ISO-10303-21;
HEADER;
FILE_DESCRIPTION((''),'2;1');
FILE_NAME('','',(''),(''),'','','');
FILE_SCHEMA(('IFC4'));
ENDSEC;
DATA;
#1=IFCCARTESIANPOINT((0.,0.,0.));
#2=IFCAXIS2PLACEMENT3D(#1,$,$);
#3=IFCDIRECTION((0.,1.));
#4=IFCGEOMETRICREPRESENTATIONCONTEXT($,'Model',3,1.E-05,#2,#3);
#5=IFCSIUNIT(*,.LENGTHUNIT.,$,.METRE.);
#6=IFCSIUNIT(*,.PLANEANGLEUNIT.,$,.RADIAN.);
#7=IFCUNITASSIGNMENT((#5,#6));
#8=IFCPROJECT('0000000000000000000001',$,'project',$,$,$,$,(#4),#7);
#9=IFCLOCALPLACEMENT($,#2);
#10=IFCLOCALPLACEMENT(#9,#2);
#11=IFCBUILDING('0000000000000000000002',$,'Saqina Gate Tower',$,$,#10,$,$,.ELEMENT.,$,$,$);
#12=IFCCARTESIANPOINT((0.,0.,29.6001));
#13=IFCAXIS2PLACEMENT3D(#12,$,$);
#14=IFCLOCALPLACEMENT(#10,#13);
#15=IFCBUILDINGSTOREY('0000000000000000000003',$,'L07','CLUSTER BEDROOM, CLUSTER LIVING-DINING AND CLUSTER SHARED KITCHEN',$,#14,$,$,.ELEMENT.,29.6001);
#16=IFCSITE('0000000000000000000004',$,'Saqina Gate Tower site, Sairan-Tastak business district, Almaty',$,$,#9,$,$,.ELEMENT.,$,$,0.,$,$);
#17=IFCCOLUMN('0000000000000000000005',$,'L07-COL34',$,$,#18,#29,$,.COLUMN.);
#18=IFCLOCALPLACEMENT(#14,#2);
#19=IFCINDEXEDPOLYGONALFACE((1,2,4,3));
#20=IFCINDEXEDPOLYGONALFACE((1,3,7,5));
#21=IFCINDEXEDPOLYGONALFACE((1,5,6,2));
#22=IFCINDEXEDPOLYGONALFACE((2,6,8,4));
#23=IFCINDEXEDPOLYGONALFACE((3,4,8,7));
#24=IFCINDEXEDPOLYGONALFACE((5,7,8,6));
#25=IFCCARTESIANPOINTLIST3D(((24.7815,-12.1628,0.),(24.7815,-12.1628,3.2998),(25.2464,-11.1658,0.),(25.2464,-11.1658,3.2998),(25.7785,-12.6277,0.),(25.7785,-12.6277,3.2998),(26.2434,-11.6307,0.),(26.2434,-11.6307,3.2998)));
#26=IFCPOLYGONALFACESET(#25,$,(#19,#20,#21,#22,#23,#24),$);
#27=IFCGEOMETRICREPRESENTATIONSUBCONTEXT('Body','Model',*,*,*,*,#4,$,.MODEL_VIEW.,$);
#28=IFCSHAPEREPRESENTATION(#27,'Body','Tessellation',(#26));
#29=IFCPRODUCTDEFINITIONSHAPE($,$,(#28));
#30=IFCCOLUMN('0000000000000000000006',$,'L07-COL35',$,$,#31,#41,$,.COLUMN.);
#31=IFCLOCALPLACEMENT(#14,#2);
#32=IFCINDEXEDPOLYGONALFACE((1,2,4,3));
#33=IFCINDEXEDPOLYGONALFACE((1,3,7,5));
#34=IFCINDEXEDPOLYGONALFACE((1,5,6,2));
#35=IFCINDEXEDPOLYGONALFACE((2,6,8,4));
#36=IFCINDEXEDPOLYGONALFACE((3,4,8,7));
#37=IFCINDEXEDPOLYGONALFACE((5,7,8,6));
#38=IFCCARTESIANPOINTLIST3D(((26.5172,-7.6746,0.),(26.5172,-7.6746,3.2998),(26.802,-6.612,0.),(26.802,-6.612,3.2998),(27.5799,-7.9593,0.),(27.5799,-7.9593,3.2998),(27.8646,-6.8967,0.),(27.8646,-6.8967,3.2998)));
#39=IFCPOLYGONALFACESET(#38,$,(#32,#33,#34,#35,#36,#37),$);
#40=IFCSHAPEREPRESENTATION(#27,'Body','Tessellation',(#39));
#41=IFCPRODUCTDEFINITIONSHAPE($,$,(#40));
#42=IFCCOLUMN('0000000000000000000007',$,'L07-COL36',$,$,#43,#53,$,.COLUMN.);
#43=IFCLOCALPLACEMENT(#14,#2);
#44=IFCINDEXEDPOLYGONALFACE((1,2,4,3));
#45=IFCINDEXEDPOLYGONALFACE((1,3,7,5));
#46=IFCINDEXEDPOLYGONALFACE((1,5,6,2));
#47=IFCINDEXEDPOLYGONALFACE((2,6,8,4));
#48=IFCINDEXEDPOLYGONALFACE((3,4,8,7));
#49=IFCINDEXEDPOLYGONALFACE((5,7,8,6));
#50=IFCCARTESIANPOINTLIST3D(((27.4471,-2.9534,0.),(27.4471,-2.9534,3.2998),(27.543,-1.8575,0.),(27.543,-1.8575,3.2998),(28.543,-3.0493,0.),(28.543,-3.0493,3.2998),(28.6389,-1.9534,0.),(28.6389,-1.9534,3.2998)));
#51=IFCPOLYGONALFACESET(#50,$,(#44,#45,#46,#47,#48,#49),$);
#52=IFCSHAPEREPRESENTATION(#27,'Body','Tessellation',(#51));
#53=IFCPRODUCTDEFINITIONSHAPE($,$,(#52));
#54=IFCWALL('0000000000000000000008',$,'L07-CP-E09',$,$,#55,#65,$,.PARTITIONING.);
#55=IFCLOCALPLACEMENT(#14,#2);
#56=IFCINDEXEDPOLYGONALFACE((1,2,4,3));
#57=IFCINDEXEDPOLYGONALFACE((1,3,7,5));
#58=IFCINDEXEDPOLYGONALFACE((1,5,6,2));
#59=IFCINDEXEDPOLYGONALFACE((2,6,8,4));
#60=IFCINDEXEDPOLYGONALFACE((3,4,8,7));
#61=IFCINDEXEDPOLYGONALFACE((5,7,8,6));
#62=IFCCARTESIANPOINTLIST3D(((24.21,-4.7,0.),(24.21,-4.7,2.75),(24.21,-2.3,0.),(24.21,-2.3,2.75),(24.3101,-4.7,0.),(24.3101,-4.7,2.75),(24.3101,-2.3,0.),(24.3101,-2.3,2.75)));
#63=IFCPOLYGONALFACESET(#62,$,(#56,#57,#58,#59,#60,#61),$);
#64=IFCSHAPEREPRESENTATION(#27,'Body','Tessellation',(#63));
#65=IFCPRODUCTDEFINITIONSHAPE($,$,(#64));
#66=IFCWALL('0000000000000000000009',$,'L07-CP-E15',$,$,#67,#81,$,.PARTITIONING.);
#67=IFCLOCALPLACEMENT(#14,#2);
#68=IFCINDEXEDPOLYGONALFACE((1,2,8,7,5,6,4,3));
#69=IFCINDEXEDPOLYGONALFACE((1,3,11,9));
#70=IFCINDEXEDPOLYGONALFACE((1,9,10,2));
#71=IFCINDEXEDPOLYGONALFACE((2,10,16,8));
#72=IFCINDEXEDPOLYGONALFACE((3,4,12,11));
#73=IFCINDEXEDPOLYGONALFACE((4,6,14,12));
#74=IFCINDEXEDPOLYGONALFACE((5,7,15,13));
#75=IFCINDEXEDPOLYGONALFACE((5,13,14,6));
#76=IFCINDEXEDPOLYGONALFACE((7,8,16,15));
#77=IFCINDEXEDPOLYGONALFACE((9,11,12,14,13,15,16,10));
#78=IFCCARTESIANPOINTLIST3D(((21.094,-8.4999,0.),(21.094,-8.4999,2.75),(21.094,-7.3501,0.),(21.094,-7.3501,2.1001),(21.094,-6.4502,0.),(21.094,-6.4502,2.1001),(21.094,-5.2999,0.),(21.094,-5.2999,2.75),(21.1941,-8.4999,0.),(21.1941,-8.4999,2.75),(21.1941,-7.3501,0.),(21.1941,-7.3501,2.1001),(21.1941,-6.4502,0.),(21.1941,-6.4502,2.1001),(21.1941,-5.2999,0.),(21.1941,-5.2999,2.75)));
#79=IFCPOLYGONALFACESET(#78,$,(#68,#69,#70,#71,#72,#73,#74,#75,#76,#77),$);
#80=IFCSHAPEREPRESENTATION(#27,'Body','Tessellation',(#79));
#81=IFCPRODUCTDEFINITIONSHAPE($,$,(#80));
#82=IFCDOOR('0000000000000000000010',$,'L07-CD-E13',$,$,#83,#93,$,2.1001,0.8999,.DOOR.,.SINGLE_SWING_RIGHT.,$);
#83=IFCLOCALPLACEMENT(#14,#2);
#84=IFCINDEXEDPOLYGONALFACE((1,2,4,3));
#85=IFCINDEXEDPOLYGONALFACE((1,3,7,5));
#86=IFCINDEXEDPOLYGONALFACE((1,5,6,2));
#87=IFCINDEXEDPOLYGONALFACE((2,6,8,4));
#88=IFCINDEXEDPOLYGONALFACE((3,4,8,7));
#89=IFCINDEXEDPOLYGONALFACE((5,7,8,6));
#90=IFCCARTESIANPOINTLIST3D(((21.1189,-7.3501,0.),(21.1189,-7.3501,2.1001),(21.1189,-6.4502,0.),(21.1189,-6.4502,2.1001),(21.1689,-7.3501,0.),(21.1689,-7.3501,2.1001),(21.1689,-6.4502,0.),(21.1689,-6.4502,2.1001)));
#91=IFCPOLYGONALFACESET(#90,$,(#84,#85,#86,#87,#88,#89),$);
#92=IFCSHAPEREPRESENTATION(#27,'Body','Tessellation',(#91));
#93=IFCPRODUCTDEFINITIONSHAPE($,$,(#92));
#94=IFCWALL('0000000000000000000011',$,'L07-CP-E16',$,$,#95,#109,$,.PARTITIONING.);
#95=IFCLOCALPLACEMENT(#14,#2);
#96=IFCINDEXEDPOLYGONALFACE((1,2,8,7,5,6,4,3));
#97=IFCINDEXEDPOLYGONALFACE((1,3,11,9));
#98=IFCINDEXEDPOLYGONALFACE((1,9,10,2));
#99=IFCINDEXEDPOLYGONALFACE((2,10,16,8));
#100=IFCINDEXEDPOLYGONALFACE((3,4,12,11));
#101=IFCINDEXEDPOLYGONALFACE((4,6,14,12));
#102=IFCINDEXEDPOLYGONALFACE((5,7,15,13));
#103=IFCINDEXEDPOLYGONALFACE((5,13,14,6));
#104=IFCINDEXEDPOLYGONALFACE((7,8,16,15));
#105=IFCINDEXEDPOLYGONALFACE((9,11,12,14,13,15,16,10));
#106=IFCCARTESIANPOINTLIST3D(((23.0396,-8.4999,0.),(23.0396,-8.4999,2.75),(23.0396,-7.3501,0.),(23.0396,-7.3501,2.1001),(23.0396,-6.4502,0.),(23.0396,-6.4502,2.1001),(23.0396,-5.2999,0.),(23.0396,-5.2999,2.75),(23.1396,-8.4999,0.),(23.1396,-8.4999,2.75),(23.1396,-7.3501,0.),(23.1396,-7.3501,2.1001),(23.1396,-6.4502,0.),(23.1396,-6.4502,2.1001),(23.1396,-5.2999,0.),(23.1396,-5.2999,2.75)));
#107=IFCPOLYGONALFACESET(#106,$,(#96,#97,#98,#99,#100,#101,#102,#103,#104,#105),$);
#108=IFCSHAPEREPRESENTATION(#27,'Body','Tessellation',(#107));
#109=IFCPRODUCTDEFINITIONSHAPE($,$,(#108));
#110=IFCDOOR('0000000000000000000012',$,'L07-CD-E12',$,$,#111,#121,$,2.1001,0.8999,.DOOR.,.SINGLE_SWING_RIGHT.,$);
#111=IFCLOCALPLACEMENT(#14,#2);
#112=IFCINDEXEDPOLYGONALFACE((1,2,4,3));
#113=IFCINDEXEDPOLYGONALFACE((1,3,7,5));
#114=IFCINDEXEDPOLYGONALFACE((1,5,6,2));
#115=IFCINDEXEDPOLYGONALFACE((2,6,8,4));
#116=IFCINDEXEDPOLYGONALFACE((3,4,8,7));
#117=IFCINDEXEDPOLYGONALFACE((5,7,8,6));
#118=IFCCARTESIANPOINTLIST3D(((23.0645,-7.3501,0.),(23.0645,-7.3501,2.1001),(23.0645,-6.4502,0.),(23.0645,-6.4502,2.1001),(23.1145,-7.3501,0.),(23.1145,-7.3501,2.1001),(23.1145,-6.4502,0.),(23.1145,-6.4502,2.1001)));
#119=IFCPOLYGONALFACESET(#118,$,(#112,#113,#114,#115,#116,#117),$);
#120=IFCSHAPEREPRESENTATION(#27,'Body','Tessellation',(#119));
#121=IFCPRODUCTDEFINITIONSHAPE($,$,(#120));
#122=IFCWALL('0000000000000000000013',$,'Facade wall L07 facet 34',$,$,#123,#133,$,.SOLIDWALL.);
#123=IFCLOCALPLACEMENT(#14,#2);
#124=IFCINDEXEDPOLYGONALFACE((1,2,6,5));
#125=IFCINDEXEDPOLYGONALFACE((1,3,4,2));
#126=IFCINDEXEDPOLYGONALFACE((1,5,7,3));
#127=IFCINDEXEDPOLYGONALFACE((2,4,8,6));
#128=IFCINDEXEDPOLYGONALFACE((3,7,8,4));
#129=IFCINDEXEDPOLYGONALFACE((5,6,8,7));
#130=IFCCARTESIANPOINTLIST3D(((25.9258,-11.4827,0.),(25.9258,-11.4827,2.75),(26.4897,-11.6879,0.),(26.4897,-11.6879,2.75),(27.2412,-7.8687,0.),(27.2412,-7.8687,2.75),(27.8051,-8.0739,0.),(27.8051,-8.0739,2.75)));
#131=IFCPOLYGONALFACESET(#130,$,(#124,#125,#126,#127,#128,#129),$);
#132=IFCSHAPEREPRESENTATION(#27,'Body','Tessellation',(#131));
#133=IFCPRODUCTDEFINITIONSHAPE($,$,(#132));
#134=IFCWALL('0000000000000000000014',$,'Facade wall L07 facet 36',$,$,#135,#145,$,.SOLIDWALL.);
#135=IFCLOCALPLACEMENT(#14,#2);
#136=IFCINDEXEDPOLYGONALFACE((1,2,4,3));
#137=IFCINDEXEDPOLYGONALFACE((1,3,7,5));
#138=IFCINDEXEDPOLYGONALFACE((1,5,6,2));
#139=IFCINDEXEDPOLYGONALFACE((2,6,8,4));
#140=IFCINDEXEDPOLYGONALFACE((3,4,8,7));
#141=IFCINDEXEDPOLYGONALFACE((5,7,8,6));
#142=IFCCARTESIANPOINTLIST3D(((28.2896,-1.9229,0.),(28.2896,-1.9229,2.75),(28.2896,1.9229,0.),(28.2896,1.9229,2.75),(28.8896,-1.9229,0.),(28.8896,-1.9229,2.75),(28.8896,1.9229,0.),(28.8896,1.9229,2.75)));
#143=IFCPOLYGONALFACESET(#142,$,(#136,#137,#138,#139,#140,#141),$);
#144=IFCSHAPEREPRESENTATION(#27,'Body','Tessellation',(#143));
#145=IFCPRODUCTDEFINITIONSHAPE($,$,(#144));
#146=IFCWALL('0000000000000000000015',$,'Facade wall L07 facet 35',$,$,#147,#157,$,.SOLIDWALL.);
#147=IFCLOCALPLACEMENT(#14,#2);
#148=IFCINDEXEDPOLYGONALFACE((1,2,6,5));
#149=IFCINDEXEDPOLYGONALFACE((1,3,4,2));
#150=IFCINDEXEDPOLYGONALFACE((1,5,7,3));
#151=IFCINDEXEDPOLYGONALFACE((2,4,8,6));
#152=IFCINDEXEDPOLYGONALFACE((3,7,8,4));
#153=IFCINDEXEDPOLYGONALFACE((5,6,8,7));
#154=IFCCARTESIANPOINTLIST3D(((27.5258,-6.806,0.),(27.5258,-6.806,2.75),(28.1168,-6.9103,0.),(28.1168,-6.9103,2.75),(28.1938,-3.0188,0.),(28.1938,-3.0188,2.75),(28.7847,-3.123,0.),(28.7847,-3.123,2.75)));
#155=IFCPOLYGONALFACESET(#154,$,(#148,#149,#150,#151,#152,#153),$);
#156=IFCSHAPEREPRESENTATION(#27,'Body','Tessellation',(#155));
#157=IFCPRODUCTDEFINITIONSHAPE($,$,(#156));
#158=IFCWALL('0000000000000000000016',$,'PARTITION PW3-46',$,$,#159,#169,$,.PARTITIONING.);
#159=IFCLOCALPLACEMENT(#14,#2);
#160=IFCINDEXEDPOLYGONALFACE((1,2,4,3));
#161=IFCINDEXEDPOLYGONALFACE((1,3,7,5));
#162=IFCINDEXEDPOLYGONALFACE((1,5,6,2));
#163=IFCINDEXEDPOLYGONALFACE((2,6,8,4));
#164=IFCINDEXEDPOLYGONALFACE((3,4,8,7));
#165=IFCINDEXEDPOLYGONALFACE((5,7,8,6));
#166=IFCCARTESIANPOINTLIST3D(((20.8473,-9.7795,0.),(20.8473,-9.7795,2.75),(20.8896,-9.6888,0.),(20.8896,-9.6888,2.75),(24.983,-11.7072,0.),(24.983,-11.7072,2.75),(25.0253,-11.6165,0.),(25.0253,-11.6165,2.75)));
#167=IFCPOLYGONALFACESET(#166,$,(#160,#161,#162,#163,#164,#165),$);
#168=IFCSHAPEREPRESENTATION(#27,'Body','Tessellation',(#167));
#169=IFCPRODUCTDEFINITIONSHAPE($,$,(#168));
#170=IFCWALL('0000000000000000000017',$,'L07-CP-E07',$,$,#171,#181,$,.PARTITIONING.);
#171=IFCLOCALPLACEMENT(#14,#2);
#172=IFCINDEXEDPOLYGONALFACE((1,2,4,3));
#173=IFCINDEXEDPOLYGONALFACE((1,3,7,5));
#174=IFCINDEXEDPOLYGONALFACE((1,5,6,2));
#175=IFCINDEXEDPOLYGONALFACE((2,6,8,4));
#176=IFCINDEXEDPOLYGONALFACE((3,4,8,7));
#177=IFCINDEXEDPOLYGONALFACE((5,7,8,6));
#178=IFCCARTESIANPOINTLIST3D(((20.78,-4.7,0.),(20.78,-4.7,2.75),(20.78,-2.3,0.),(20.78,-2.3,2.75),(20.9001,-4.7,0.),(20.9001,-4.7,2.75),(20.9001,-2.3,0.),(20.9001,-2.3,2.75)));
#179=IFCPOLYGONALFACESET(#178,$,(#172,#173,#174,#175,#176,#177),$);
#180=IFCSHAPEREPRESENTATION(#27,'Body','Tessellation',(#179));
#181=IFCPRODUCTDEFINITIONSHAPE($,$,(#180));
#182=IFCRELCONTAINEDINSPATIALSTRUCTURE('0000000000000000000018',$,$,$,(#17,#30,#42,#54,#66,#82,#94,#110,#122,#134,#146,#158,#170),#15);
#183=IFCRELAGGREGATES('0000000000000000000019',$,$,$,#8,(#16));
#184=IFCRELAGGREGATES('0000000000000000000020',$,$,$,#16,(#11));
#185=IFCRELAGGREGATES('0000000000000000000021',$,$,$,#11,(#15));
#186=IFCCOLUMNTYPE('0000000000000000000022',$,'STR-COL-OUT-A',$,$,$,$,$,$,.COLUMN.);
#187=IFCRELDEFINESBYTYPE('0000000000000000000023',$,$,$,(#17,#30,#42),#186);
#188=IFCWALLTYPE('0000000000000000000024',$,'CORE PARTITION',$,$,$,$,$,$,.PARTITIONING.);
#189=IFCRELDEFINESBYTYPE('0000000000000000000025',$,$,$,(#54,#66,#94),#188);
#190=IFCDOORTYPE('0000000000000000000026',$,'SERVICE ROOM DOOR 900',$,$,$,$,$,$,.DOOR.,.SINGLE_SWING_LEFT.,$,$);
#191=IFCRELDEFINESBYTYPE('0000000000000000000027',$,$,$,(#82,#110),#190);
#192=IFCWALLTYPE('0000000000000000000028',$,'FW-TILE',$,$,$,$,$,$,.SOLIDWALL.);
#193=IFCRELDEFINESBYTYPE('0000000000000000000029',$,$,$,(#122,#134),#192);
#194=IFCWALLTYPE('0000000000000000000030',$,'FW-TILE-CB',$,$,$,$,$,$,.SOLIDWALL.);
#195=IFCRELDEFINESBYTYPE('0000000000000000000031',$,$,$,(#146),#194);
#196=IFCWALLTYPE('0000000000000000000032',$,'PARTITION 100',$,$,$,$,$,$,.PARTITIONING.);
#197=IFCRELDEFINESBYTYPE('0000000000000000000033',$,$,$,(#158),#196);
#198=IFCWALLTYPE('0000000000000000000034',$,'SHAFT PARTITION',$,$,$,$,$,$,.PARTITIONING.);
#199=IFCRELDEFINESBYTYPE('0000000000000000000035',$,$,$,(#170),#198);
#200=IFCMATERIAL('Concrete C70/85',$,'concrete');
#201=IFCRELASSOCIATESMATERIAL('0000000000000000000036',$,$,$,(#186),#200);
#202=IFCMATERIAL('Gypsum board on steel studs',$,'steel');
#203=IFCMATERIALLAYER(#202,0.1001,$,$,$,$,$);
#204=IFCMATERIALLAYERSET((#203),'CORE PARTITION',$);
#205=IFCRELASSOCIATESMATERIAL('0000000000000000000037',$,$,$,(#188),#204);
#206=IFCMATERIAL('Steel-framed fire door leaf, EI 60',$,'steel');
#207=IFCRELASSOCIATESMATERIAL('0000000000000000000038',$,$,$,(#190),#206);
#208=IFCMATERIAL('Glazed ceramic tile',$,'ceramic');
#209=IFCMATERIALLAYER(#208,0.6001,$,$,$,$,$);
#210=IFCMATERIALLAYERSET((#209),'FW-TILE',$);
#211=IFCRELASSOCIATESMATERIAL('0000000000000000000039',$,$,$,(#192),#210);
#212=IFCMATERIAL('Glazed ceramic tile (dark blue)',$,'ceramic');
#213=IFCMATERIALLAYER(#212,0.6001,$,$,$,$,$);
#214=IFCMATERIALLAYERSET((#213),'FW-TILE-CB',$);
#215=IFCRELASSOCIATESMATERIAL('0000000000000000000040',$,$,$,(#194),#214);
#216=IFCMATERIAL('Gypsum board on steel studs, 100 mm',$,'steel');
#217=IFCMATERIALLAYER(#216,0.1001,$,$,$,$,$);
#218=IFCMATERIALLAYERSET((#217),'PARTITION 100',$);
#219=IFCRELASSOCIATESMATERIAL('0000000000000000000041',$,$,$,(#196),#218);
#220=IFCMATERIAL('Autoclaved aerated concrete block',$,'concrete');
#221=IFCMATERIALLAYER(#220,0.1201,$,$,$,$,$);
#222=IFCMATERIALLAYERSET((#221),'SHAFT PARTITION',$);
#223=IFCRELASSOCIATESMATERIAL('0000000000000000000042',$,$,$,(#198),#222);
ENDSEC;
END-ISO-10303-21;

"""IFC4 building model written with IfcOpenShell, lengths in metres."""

from ifc_helpers import new_model, si_unit, direction, frame, frame_2d, origin, origin_2d, place, context, subcontext, project, spatial, rectangle, extrude, material, layer, layer_set, material_profile, profile_set, type_object, element, fill, save


model = new_model("IFC4")

# Units and contexts
model_context = context("Model", 3, precision=1e-05, world=origin(), true_north=direction((0.0, 1.0)))
body_context = subcontext(model_context, "Body", "Model", "MODEL_VIEW")
ifc_project = project(units=[si_unit("LENGTHUNIT", "METRE"), si_unit("PLANEANGLEUNIT", "RADIAN")], contexts=[model_context])

# Site, building, storey
site_placement = place(None, origin())
site = spatial("IfcSite", under=ifc_project, at=site_placement, Name="Saqina Gate Tower site, Sairan-Tastak business district, Almaty", CompositionType="ELEMENT", RefElevation=0.0)
building_placement = place(site_placement, origin())
building = spatial("IfcBuilding", under=site, at=building_placement, Name="Saqina Gate Tower", CompositionType="ELEMENT")
storey_placement = place(building_placement, frame((0.0, 0.0, 29.6001)))
storey = spatial("IfcBuildingStorey", under=building, at=storey_placement, Name="L07", Description="CLUSTER BEDROOM, CLUSTER LIVING-DINING AND CLUSTER SHARED KITCHEN", CompositionType="ELEMENT", Elevation=29.6001)

# Columns
ifc_material_1 = material(Name="Concrete C70/85", Category="concrete")
ifc_material_profile = material_profile(ifc_material_1, rectangle(XDim=1.1001, YDim=1.1001, at=origin_2d()), Name="RC 1100x1100")
ifc_profile_set = profile_set([ifc_material_profile], Name="Concrete C70/85")
column_type = type_object("IfcColumnType", Name="STR-COL-OUT-A", PredefinedType="COLUMN", material=ifc_profile_set)
for number, where, z_axis, x_axis, name in (
    (1, (25.5125, -11.8967, 0.0), (0.0, 0.0, 1.0), (0.906308, -0.422618, 0.0), "L07-COL34"),
    (2, (27.1909, -7.2856, 0.0), (0.0, 0.0, 1.0), (0.965926, -0.258819, 0.0), "L07-COL35"),
    (3, (28.043, -2.4534, 0.0), (0.0, 0.0, 1.0), (0.996195, -0.087156, 0.0), "L07-COL36"),
):
    element("IfcColumn", number, at=place(storey_placement, frame(where, z_axis=z_axis, x_axis=x_axis)), inside=storey, type_object=column_type, Name=name, PredefinedType="COLUMN", context=body_context, shape_type="SweptSolid", body=[
        extrude(rectangle(XDim=1.1001, YDim=1.1001, at=origin_2d()), origin(), (0.0, 0.0, 1.0), 3.2998),
    ])

# Wall
ifc_material_2 = material(Name="Gypsum board on steel studs", Category="steel")
ifc_layer_1 = layer(ifc_material_2, 0.1001)
ifc_layer_set_1 = layer_set([ifc_layer_1], Name="CORE PARTITION")
wall_type_1 = type_object("IfcWallType", Name="CORE PARTITION", PredefinedType="PARTITIONING", material=ifc_layer_set_1)
wall_1_placement = place(storey_placement, frame((24.26, -4.7, 0.0), z_axis=(0.0, 0.0, 1.0), x_axis=(0.0, 1.0, 0.0)))
element("IfcWall", 4, at=wall_1_placement, inside=storey, type_object=wall_type_1, Name="L07-CP-E09", PredefinedType="PARTITIONING", context=body_context, shape_type="SweptSolid", body=[
    extrude(rectangle(XDim=2.3999, YDim=0.1001, at=frame_2d((1.2, 0.0))), origin(), (0.0, 0.0, 1.0), 2.75),
])

# Walls, openings, doors
wall_2_placement = place(storey_placement, frame((21.144, -8.5, 0.0), z_axis=(0.0, 0.0, 1.0), x_axis=(0.0, 1.0, 0.0)))
wall_2 = element("IfcWall", 5, at=wall_2_placement, inside=storey, type_object=wall_type_1, Name="L07-CP-E15", PredefinedType="PARTITIONING", context=body_context, shape_type="SweptSolid", body=[
    extrude(rectangle(XDim=3.2, YDim=0.1001, at=frame_2d((1.6001, 0.0))), origin(), (0.0, 0.0, 1.0), 2.75),
])
opening_1_placement = place(wall_2_placement, frame((1.1499, 0.0, 0.0)))
opening_1 = element("IfcOpeningElement", 6, at=opening_1_placement, cuts=wall_2, PredefinedType="OPENING", context=body_context, shape_type="SweptSolid", body=[
    extrude(rectangle(XDim=0.8999, YDim=2.1001, at=frame_2d((0.45, 1.05))), frame((0.0, 0.062, 0.0), z_axis=(0.0, -1.0, 0.0), x_axis=(1.0, 0.0, 0.0)), (0.0, 0.0, 1.0), 0.124),
])
ifc_material_3 = material(Name="Steel-framed fire door leaf, EI 60", Category="steel")
door_type = type_object("IfcDoorType", Name="SERVICE ROOM DOOR 900", OperationType="SINGLE_SWING_LEFT", PredefinedType="DOOR", material=ifc_material_3)
door_1_placement = place(opening_1_placement, frame((0.8999, 0.0, 0.0), z_axis=(0.0, 0.0, 1.0), x_axis=(-1.0, 0.0, 0.0)))
door_1 = element("IfcDoor", 7, at=door_1_placement, inside=storey, type_object=door_type, Name="L07-CD-E13", OperationType="SINGLE_SWING_RIGHT", OverallHeight=2.1001, OverallWidth=0.8999, PredefinedType="DOOR", context=body_context, shape_type="SweptSolid", body=[
    extrude(rectangle(XDim=0.8999, YDim=2.1001, at=frame_2d((0.45, 1.05))), frame((0.0, 0.0249, 0.0), z_axis=(0.0, -1.0, 0.0), x_axis=(1.0, 0.0, 0.0)), (0.0, 0.0, 1.0), 0.05),
])
fill(opening_1, door_1)
wall_3_placement = place(storey_placement, frame((23.0896, -8.5, 0.0), z_axis=(0.0, 0.0, 1.0), x_axis=(0.0, 1.0, 0.0)))
wall_3 = element("IfcWall", 8, at=wall_3_placement, inside=storey, type_object=wall_type_1, Name="L07-CP-E16", PredefinedType="PARTITIONING", context=body_context, shape_type="SweptSolid", body=[
    extrude(rectangle(XDim=3.2, YDim=0.1001, at=frame_2d((1.6001, 0.0))), origin(), (0.0, 0.0, 1.0), 2.75),
])
opening_2_placement = place(wall_3_placement, frame((1.1499, 0.0, 0.0)))
opening_2 = element("IfcOpeningElement", 9, at=opening_2_placement, cuts=wall_3, PredefinedType="OPENING", context=body_context, shape_type="SweptSolid", body=[
    extrude(rectangle(XDim=0.8999, YDim=2.1001, at=frame_2d((0.45, 1.05))), frame((0.0, 0.062, 0.0), z_axis=(0.0, -1.0, 0.0), x_axis=(1.0, 0.0, 0.0)), (0.0, 0.0, 1.0), 0.124),
])
door_2_placement = place(opening_2_placement, frame((0.8999, 0.0, 0.0), z_axis=(0.0, 0.0, 1.0), x_axis=(-1.0, 0.0, 0.0)))
door_2 = element("IfcDoor", 10, at=door_2_placement, inside=storey, type_object=door_type, Name="L07-CD-E12", OperationType="SINGLE_SWING_RIGHT", OverallHeight=2.1001, OverallWidth=0.8999, PredefinedType="DOOR", context=body_context, shape_type="SweptSolid", body=[
    extrude(rectangle(XDim=0.8999, YDim=2.1001, at=frame_2d((0.45, 1.05))), frame((0.0, 0.0249, 0.0), z_axis=(0.0, -1.0, 0.0), x_axis=(1.0, 0.0, 0.0)), (0.0, 0.0, 1.0), 0.05),
])
fill(opening_2, door_2)

# Walls
ifc_material_4 = material(Name="Glazed ceramic tile", Category="ceramic")
ifc_layer_2 = layer(ifc_material_4, 0.6001)
ifc_layer_set_2 = layer_set([ifc_layer_2], Name="FW-TILE")
wall_type_2 = type_object("IfcWallType", Name="FW-TILE", PredefinedType="SOLIDWALL", material=ifc_layer_set_2)
wall_4_placement = place(storey_placement, frame((26.2078, -11.5852, 0.0), z_axis=(0.0, 0.0, 1.0), x_axis=(0.342028, 0.93969, 0.0)))
element("IfcWall", 11, at=wall_4_placement, inside=storey, type_object=wall_type_2, Name="Facade wall L07 facet 34", PredefinedType="SOLIDWALL", context=body_context, shape_type="SweptSolid", body=[
    extrude(rectangle(XDim=3.8459, YDim=0.6001, at=frame_2d((1.9229, 0.0))), origin(), (0.0, 0.0, 1.0), 2.75),
])
wall_5_placement = place(storey_placement, frame((28.5896, -1.9229, 0.0), z_axis=(0.0, 0.0, 1.0), x_axis=(0.0, 1.0, 0.0)))
element("IfcWall", 12, at=wall_5_placement, inside=storey, type_object=wall_type_2, Name="Facade wall L07 facet 36", PredefinedType="SOLIDWALL", context=body_context, shape_type="SweptSolid", body=[
    extrude(rectangle(XDim=3.8457, YDim=0.6001, at=frame_2d((1.9229, 0.0))), origin(), (0.0, 0.0, 1.0), 2.75),
])
ifc_material_5 = material(Name="Glazed ceramic tile (dark blue)", Category="ceramic")
ifc_layer_3 = layer(ifc_material_5, 0.6001)
ifc_layer_set_3 = layer_set([ifc_layer_3], Name="FW-TILE-CB")
wall_type_3 = type_object("IfcWallType", Name="FW-TILE-CB", PredefinedType="SOLIDWALL", material=ifc_layer_set_3)
wall_6_placement = place(storey_placement, frame((27.8213, -6.8582, 0.0), z_axis=(0.0, 0.0, 1.0), x_axis=(0.173688, 0.984801, 0.0)))
element("IfcWall", 13, at=wall_6_placement, inside=storey, type_object=wall_type_3, Name="Facade wall L07 facet 35", PredefinedType="SOLIDWALL", context=body_context, shape_type="SweptSolid", body=[
    extrude(rectangle(XDim=3.8457, YDim=0.6001, at=frame_2d((1.9229, 0.0))), origin(), (0.0, 0.0, 1.0), 2.75),
])
ifc_material_6 = material(Name="Gypsum board on steel studs, 100 mm", Category="steel")
ifc_layer_4 = layer(ifc_material_6, 0.1001)
ifc_layer_set_4 = layer_set([ifc_layer_4], Name="PARTITION 100")
wall_type_4 = type_object("IfcWallType", Name="PARTITION 100", PredefinedType="PARTITIONING", material=ifc_layer_set_4)
wall_7_placement = place(storey_placement, frame((20.8684, -9.7341, 0.0), z_axis=(0.0, 0.0, 1.0), x_axis=(0.906374, -0.422475, 0.0)))
element("IfcWall", 14, at=wall_7_placement, inside=storey, type_object=wall_type_4, Name="PARTITION PW3-46", PredefinedType="PARTITIONING", context=body_context, shape_type="SweptSolid", body=[
    extrude(rectangle(XDim=4.563, YDim=0.1001, at=frame_2d((2.2815, 0.0))), origin(), (0.0, 0.0, 1.0), 2.75),
])
ifc_material_7 = material(Name="Autoclaved aerated concrete block", Category="concrete")
ifc_layer_5 = layer(ifc_material_7, 0.1201)
ifc_layer_set_5 = layer_set([ifc_layer_5], Name="SHAFT PARTITION")
wall_type_5 = type_object("IfcWallType", Name="SHAFT PARTITION", PredefinedType="PARTITIONING", material=ifc_layer_set_5)
for number, where, z_axis, x_axis, name in (
    (15, (20.8401, -4.7, 0.0), (0.0, 0.0, 1.0), (0.0, 1.0, 0.0), "L07-CP-E07"),
):
    element("IfcWall", number, at=place(storey_placement, frame(where, z_axis=z_axis, x_axis=x_axis)), inside=storey, type_object=wall_type_5, Name=name, PredefinedType="PARTITIONING", context=body_context, shape_type="SweptSolid", body=[
        extrude(rectangle(XDim=2.3999, YDim=0.1201, at=frame_2d((1.2, 0.0))), origin(), (0.0, 0.0, 1.0), 2.75),
    ])

save(model, "model.ifc")
